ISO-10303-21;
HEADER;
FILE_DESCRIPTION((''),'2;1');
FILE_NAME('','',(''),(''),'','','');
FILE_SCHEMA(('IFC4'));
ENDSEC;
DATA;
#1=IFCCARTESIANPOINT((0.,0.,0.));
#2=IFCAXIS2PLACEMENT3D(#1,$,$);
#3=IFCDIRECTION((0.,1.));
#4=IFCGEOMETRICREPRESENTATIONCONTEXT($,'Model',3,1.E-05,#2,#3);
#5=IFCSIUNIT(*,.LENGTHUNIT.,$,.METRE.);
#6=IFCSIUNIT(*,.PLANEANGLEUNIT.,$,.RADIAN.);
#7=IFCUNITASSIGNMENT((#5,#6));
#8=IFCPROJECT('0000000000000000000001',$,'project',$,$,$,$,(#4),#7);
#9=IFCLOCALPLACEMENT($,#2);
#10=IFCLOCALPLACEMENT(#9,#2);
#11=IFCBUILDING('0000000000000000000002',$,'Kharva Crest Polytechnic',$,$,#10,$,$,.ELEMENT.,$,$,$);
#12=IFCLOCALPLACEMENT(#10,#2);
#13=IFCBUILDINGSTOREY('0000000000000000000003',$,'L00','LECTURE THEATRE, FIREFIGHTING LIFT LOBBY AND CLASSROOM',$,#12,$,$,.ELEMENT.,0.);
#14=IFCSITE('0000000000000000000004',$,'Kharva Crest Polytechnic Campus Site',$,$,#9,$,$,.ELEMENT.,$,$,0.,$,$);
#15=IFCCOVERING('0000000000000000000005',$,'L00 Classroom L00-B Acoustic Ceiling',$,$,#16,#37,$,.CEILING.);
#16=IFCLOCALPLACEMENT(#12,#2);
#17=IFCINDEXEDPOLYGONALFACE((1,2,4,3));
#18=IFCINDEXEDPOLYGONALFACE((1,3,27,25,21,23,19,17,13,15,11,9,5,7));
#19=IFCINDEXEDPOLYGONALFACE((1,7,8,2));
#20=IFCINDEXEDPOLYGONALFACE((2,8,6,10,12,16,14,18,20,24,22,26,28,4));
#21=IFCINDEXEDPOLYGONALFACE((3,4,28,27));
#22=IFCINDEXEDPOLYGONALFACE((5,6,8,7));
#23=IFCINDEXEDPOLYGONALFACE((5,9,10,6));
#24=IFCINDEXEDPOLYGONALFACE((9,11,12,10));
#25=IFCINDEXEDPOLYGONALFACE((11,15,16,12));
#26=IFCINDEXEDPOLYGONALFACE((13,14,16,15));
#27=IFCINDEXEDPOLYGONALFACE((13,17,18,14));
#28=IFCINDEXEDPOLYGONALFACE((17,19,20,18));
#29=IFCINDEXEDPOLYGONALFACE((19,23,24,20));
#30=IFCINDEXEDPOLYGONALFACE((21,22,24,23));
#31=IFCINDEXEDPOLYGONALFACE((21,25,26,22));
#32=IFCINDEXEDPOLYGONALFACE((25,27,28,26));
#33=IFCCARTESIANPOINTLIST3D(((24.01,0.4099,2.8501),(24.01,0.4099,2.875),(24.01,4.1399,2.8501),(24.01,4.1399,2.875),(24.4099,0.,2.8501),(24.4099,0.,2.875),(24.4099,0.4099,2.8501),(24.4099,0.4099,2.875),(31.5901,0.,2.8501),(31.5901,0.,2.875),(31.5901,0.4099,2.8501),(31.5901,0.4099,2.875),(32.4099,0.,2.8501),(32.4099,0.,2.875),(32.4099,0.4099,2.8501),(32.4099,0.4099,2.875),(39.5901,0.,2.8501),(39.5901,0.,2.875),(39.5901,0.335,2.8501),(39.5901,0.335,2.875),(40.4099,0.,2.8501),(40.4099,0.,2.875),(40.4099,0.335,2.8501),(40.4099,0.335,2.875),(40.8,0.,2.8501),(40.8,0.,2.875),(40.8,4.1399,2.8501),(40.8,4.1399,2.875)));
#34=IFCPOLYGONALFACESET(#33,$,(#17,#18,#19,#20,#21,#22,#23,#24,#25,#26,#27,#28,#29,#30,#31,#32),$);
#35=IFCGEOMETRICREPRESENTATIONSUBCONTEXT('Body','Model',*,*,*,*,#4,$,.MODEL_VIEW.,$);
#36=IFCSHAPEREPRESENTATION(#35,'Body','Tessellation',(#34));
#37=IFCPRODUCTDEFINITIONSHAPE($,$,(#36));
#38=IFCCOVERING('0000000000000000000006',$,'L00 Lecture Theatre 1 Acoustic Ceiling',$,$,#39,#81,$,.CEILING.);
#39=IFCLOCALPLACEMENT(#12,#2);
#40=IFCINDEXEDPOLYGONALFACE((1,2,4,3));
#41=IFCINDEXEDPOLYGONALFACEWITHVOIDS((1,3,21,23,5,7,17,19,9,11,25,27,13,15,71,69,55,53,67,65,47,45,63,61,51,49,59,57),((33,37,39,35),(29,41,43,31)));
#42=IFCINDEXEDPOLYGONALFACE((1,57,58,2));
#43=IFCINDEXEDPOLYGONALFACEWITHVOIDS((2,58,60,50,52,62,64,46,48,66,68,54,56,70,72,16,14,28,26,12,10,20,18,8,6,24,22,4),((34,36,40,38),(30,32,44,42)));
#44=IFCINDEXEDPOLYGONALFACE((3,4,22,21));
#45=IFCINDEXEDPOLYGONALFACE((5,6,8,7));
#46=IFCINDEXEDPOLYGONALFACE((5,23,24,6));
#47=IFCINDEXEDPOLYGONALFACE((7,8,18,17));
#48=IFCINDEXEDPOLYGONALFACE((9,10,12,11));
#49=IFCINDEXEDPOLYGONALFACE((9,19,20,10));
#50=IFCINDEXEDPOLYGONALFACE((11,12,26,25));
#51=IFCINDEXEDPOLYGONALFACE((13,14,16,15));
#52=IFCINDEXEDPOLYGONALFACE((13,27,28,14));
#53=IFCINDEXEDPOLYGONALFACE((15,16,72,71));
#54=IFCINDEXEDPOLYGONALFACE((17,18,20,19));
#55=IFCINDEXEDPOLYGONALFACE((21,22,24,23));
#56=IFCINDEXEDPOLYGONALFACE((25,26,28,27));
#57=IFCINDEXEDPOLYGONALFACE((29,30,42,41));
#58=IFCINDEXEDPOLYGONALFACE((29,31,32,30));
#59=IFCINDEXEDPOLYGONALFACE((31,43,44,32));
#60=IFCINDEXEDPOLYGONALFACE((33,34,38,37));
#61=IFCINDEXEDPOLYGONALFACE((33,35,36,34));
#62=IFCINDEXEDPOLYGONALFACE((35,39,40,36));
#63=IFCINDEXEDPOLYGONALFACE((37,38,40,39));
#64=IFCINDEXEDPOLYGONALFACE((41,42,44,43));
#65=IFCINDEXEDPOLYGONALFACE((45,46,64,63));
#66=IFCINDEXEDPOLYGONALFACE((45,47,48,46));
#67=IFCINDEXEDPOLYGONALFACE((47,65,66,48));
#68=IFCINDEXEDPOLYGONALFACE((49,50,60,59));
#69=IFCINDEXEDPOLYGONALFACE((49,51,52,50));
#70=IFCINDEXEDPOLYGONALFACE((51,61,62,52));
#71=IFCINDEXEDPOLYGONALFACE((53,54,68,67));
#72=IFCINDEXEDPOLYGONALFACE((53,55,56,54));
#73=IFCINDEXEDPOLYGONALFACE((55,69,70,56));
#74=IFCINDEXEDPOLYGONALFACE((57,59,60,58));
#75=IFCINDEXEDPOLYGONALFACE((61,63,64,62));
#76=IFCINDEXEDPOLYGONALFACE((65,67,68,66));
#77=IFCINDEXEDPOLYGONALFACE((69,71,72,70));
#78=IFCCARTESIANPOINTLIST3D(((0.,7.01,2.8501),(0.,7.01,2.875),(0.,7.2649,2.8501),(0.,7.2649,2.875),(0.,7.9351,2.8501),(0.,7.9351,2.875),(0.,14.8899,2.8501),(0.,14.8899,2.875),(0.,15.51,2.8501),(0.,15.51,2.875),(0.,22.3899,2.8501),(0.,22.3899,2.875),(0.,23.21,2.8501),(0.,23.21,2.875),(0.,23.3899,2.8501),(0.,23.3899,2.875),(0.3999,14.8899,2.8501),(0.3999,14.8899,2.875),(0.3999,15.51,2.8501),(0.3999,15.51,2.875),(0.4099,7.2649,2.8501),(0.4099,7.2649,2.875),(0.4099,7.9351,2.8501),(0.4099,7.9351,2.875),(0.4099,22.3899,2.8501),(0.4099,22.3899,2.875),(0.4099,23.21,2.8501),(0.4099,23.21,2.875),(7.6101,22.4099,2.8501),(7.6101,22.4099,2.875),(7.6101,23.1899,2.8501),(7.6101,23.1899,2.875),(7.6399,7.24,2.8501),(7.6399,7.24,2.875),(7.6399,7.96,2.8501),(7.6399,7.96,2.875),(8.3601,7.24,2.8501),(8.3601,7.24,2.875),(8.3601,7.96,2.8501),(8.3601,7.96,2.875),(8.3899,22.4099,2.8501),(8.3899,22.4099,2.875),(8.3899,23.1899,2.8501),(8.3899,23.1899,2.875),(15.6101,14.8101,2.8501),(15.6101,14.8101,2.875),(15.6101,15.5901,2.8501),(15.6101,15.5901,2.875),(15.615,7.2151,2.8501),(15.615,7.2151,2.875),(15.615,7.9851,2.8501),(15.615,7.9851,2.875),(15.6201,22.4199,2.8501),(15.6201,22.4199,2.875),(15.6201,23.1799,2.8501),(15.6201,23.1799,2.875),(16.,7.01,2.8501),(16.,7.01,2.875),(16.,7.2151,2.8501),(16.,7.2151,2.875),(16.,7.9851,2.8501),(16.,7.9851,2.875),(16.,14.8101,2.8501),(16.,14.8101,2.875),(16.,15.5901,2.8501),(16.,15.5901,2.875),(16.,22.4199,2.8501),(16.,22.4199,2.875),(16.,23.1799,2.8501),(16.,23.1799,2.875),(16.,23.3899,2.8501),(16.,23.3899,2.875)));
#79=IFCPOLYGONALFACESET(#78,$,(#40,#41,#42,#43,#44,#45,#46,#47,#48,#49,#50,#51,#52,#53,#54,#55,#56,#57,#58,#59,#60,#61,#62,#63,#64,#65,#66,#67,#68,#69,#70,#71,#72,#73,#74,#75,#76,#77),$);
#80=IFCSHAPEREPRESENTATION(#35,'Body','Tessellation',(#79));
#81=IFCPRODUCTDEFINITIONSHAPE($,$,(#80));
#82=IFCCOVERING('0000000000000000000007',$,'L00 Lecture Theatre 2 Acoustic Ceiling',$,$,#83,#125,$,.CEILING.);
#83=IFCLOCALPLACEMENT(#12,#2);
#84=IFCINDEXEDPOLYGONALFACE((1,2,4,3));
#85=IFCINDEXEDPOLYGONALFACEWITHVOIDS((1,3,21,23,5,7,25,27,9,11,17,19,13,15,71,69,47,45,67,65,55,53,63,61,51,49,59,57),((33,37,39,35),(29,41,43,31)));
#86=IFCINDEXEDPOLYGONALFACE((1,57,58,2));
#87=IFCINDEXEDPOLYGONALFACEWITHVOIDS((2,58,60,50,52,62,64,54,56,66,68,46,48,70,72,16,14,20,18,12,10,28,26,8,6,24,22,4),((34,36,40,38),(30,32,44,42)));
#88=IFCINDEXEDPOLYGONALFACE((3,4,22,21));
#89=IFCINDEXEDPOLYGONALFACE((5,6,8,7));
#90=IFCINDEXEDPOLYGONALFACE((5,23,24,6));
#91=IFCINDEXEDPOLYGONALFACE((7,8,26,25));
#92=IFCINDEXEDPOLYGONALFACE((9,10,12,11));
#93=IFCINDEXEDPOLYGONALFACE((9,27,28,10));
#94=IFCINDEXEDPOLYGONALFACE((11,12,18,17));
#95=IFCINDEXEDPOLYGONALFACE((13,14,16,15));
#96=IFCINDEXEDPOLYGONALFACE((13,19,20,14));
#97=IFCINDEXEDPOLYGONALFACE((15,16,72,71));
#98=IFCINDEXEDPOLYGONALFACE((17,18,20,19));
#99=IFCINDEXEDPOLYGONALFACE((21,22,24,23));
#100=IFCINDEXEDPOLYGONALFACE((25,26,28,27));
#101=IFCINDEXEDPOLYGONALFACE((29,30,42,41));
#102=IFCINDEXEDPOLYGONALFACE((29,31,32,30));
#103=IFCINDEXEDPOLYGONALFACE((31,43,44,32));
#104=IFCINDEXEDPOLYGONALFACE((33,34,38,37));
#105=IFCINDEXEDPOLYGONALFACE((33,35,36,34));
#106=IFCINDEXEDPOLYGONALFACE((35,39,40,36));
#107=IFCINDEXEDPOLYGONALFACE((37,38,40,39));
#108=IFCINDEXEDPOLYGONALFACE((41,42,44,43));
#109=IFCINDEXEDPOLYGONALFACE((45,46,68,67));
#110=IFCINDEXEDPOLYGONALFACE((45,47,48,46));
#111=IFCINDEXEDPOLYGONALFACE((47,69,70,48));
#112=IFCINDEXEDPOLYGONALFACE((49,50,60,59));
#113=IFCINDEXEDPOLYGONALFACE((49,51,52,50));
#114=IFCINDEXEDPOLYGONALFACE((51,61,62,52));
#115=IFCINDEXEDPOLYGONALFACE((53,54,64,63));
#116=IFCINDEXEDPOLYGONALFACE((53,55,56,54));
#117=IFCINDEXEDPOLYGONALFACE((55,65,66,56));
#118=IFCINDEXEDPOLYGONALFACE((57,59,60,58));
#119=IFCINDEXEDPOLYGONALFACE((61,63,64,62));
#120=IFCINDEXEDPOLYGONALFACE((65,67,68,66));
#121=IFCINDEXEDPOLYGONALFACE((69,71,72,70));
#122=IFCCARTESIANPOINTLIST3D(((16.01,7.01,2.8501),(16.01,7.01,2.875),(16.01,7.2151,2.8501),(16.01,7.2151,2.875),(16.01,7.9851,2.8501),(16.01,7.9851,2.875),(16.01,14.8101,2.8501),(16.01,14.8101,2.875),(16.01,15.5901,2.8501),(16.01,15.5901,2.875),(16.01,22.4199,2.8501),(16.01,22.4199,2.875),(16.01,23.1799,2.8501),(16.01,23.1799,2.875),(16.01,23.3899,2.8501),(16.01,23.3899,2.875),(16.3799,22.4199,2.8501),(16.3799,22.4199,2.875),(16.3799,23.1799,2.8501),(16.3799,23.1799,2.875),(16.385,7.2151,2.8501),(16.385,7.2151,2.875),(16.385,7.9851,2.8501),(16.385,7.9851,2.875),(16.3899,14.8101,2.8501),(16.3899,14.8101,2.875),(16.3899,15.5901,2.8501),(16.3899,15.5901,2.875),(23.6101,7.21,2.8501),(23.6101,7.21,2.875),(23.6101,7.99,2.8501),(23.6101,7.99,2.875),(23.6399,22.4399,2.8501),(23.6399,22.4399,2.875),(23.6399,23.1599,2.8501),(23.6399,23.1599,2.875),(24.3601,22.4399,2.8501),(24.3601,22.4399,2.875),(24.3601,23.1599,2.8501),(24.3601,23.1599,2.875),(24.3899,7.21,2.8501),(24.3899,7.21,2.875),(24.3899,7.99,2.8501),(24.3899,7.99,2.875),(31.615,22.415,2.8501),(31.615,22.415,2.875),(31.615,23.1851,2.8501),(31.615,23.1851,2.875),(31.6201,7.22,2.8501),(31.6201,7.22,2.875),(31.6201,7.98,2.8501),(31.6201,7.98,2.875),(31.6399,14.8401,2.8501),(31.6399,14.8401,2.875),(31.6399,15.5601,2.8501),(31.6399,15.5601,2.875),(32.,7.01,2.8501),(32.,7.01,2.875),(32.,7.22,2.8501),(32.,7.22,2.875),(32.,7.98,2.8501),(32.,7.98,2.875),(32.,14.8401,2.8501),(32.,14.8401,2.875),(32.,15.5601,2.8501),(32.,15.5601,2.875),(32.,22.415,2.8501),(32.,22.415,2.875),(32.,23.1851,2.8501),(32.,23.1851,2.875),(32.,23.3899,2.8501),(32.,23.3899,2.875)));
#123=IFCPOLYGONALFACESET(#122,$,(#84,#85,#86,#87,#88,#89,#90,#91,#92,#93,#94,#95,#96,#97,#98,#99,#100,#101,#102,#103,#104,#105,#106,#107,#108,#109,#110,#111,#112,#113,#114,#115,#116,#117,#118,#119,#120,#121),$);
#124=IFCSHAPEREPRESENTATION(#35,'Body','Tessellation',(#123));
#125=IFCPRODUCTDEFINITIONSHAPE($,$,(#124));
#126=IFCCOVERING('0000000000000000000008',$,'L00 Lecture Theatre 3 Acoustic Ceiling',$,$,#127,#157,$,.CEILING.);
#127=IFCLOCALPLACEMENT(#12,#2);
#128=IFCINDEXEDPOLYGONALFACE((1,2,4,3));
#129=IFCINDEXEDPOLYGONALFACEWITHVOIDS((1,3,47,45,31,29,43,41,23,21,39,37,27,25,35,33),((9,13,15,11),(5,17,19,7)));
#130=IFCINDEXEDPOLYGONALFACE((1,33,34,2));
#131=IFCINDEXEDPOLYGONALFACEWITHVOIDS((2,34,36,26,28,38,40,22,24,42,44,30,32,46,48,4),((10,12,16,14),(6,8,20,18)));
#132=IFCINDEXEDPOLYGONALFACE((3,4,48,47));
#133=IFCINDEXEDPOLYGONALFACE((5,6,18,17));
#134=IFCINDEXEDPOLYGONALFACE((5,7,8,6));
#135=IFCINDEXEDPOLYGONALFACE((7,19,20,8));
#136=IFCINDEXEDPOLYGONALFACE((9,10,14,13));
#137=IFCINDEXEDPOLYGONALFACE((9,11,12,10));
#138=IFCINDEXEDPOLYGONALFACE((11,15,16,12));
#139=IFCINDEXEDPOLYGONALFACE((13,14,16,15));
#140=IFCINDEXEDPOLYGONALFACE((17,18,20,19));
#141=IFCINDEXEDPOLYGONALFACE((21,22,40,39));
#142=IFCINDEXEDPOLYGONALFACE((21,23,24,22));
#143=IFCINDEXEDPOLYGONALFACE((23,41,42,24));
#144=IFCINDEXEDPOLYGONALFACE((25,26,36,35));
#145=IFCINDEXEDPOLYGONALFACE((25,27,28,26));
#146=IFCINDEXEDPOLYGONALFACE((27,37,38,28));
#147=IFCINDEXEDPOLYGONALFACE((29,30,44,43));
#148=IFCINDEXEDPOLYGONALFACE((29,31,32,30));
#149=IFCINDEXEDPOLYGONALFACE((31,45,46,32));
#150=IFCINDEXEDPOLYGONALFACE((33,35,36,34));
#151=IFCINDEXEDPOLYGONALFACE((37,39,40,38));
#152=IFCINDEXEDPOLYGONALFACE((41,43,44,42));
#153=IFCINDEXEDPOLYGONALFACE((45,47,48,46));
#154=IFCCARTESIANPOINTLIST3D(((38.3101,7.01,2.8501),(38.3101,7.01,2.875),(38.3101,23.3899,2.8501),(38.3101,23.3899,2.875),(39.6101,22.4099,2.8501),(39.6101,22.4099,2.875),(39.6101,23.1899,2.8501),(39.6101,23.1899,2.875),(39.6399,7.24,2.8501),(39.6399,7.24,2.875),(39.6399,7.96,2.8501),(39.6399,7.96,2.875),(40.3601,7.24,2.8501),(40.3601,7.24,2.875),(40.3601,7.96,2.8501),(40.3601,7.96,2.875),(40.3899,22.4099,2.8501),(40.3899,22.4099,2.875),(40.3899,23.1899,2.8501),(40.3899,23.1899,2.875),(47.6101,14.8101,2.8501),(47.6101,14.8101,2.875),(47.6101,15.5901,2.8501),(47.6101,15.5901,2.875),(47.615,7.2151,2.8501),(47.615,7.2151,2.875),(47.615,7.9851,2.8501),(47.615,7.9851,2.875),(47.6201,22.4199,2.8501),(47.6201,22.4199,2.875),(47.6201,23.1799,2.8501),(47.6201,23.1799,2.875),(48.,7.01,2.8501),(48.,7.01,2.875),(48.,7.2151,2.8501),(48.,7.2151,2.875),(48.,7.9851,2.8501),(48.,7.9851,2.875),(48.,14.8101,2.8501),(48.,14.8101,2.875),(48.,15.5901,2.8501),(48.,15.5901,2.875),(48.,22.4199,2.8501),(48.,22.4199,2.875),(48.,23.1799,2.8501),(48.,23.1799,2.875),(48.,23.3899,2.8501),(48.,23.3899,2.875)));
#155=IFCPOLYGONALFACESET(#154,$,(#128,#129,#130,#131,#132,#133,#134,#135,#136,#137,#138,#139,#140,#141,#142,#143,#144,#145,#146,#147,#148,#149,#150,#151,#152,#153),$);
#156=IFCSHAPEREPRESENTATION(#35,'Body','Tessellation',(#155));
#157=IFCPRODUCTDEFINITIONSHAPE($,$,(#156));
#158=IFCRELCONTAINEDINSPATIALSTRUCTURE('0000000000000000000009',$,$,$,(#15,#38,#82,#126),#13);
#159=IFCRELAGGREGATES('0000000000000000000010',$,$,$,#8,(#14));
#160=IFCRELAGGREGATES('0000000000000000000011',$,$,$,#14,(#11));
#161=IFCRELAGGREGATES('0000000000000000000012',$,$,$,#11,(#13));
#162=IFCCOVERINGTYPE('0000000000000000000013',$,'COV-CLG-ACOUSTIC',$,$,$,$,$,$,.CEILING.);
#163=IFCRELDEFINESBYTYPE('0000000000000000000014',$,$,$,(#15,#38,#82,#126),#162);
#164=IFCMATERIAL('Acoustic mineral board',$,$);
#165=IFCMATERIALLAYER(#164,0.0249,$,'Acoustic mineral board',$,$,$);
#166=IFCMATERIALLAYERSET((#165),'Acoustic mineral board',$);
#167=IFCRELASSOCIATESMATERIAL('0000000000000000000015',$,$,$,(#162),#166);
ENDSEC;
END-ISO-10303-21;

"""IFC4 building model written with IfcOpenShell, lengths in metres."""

from ifc_helpers import new_model, si_unit, direction, frame, origin, place, context, subcontext, project, spatial, polyline, outline, extrude, material, layer, layer_set, type_object, element, save


model = new_model("IFC4")

# Units and contexts
model_context = context("Model", 3, precision=1e-05, world=origin(), true_north=direction((0.0, 1.0)))
body_context = subcontext(model_context, "Body", "Model", "MODEL_VIEW")
ifc_project = project(units=[si_unit("LENGTHUNIT", "METRE"), si_unit("PLANEANGLEUNIT", "RADIAN")], contexts=[model_context])

# Site, building, storey
site_placement = place(None, origin())
site = spatial("IfcSite", under=ifc_project, at=site_placement, Name="Kharva Crest Polytechnic Campus Site", CompositionType="ELEMENT", RefElevation=0.0)
building_placement = place(site_placement, origin())
building = spatial("IfcBuilding", under=site, at=building_placement, Name="Kharva Crest Polytechnic", CompositionType="ELEMENT")
storey_placement = place(building_placement, origin())
storey = spatial("IfcBuildingStorey", under=building, at=storey_placement, Name="L00", Description="LECTURE THEATRE, FIREFIGHTING LIFT LOBBY AND CLASSROOM", CompositionType="ELEMENT", Elevation=0.0)

# Coverings
ifc_material_1 = material(Name="Acoustic mineral board")
ifc_layer_1 = layer(ifc_material_1, 0.0249, Name="Acoustic mineral board")
ifc_layer_set_1 = layer_set([ifc_layer_1], Name="Acoustic mineral board")
covering_type_1 = type_object("IfcCoveringType", Name="COV-CLG-ACOUSTIC", PredefinedType="CEILING", material=ifc_layer_set_1)
covering_1_placement = place(storey_placement, frame((0.0, 0.0, 2.8501)))
element("IfcCovering", 1, at=covering_1_placement, inside=storey, type_object=covering_type_1, Name="L00 Classroom L00-B Acoustic Ceiling", PredefinedType="CEILING", context=body_context, shape_type="SweptSolid", body=[
    extrude(outline(polyline([(40.8, 0.0), (40.4099, 0.0), (40.4099, 0.335), (39.5901, 0.335), (39.5901, 0.0), (32.4099, 0.0), (32.4099, 0.4099), (31.5901, 0.4099), (31.5901, 0.0), (24.4099, 0.0), (24.4099, 0.4099), (24.01, 0.4099), (24.01, 4.1399), (40.8, 4.1399), (40.8, 0.0)])), origin(), (0.0, 0.0, 1.0), 0.0249),
])
covering_2_placement = place(storey_placement, frame((0.0, 0.0, 2.8501)))
element("IfcCovering", 2, at=covering_2_placement, inside=storey, type_object=covering_type_1, Name="L00 Lecture Theatre 1 Acoustic Ceiling", PredefinedType="CEILING", context=body_context, shape_type="SweptSolid", body=[
    extrude(outline(polyline([(15.6201, 23.1799), (15.6201, 22.4199), (16.0, 22.4199), (16.0, 15.5901), (15.6101, 15.5901), (15.6101, 14.8101), (16.0, 14.8101), (16.0, 7.9851), (15.615, 7.9851), (15.615, 7.2151), (16.0, 7.2151), (16.0, 7.01), (0.0, 7.01), (0.0, 7.2649), (0.4099, 7.2649), (0.4099, 7.9351), (0.0, 7.9351), (0.0, 14.8899), (0.3999, 14.8899), (0.3999, 15.51), (0.0, 15.51), (0.0, 22.3899), (0.4099, 22.3899), (0.4099, 23.21), (0.0, 23.21), (0.0, 23.3899), (16.0, 23.3899), (16.0, 23.1799), (15.6201, 23.1799)]), holes=[polyline([(7.6399, 7.96), (7.6399, 7.24), (8.3601, 7.24), (8.3601, 7.96), (7.6399, 7.96)]), polyline([(7.6101, 23.1899), (7.6101, 22.4099), (8.3899, 22.4099), (8.3899, 23.1899), (7.6101, 23.1899)])]), origin(), (0.0, 0.0, 1.0), 0.0249),
])
covering_3_placement = place(storey_placement, frame((0.0, 0.0, 2.8501)))
element("IfcCovering", 3, at=covering_3_placement, inside=storey, type_object=covering_type_1, Name="L00 Lecture Theatre 2 Acoustic Ceiling", PredefinedType="CEILING", context=body_context, shape_type="SweptSolid", body=[
    extrude(outline(polyline([(16.385, 7.2151), (16.385, 7.9851), (16.01, 7.9851), (16.01, 14.8101), (16.3899, 14.8101), (16.3899, 15.5901), (16.01, 15.5901), (16.01, 22.4199), (16.3799, 22.4199), (16.3799, 23.1799), (16.01, 23.1799), (16.01, 23.3899), (32.0, 23.3899), (32.0, 23.1851), (31.615, 23.1851), (31.615, 22.415), (32.0, 22.415), (32.0, 15.5601), (31.6399, 15.5601), (31.6399, 14.8401), (32.0, 14.8401), (32.0, 7.98), (31.6201, 7.98), (31.6201, 7.22), (32.0, 7.22), (32.0, 7.01), (16.01, 7.01), (16.01, 7.2151), (16.385, 7.2151)]), holes=[polyline([(23.6101, 7.99), (23.6101, 7.21), (24.3899, 7.21), (24.3899, 7.99), (23.6101, 7.99)]), polyline([(23.6399, 23.1599), (23.6399, 22.4399), (24.3601, 22.4399), (24.3601, 23.1599), (23.6399, 23.1599)])]), origin(), (0.0, 0.0, 1.0), 0.0249),
])
covering_4_placement = place(storey_placement, frame((0.0, 0.0, 2.8501)))
element("IfcCovering", 4, at=covering_4_placement, inside=storey, type_object=covering_type_1, Name="L00 Lecture Theatre 3 Acoustic Ceiling", PredefinedType="CEILING", context=body_context, shape_type="SweptSolid", body=[
    extrude(outline(polyline([(48.0, 23.1799), (47.6201, 23.1799), (47.6201, 22.4199), (48.0, 22.4199), (48.0, 15.5901), (47.6101, 15.5901), (47.6101, 14.8101), (48.0, 14.8101), (48.0, 7.9851), (47.615, 7.9851), (47.615, 7.2151), (48.0, 7.2151), (48.0, 7.01), (38.3101, 7.01), (38.3101, 23.3899), (48.0, 23.3899), (48.0, 23.1799)]), holes=[polyline([(39.6399, 7.96), (39.6399, 7.24), (40.3601, 7.24), (40.3601, 7.96), (39.6399, 7.96)]), polyline([(40.3899, 23.1899), (39.6101, 23.1899), (39.6101, 22.4099), (40.3899, 22.4099), (40.3899, 23.1899)])]), origin(), (0.0, 0.0, 1.0), 0.0249),
])

save(model, "model.ifc")
